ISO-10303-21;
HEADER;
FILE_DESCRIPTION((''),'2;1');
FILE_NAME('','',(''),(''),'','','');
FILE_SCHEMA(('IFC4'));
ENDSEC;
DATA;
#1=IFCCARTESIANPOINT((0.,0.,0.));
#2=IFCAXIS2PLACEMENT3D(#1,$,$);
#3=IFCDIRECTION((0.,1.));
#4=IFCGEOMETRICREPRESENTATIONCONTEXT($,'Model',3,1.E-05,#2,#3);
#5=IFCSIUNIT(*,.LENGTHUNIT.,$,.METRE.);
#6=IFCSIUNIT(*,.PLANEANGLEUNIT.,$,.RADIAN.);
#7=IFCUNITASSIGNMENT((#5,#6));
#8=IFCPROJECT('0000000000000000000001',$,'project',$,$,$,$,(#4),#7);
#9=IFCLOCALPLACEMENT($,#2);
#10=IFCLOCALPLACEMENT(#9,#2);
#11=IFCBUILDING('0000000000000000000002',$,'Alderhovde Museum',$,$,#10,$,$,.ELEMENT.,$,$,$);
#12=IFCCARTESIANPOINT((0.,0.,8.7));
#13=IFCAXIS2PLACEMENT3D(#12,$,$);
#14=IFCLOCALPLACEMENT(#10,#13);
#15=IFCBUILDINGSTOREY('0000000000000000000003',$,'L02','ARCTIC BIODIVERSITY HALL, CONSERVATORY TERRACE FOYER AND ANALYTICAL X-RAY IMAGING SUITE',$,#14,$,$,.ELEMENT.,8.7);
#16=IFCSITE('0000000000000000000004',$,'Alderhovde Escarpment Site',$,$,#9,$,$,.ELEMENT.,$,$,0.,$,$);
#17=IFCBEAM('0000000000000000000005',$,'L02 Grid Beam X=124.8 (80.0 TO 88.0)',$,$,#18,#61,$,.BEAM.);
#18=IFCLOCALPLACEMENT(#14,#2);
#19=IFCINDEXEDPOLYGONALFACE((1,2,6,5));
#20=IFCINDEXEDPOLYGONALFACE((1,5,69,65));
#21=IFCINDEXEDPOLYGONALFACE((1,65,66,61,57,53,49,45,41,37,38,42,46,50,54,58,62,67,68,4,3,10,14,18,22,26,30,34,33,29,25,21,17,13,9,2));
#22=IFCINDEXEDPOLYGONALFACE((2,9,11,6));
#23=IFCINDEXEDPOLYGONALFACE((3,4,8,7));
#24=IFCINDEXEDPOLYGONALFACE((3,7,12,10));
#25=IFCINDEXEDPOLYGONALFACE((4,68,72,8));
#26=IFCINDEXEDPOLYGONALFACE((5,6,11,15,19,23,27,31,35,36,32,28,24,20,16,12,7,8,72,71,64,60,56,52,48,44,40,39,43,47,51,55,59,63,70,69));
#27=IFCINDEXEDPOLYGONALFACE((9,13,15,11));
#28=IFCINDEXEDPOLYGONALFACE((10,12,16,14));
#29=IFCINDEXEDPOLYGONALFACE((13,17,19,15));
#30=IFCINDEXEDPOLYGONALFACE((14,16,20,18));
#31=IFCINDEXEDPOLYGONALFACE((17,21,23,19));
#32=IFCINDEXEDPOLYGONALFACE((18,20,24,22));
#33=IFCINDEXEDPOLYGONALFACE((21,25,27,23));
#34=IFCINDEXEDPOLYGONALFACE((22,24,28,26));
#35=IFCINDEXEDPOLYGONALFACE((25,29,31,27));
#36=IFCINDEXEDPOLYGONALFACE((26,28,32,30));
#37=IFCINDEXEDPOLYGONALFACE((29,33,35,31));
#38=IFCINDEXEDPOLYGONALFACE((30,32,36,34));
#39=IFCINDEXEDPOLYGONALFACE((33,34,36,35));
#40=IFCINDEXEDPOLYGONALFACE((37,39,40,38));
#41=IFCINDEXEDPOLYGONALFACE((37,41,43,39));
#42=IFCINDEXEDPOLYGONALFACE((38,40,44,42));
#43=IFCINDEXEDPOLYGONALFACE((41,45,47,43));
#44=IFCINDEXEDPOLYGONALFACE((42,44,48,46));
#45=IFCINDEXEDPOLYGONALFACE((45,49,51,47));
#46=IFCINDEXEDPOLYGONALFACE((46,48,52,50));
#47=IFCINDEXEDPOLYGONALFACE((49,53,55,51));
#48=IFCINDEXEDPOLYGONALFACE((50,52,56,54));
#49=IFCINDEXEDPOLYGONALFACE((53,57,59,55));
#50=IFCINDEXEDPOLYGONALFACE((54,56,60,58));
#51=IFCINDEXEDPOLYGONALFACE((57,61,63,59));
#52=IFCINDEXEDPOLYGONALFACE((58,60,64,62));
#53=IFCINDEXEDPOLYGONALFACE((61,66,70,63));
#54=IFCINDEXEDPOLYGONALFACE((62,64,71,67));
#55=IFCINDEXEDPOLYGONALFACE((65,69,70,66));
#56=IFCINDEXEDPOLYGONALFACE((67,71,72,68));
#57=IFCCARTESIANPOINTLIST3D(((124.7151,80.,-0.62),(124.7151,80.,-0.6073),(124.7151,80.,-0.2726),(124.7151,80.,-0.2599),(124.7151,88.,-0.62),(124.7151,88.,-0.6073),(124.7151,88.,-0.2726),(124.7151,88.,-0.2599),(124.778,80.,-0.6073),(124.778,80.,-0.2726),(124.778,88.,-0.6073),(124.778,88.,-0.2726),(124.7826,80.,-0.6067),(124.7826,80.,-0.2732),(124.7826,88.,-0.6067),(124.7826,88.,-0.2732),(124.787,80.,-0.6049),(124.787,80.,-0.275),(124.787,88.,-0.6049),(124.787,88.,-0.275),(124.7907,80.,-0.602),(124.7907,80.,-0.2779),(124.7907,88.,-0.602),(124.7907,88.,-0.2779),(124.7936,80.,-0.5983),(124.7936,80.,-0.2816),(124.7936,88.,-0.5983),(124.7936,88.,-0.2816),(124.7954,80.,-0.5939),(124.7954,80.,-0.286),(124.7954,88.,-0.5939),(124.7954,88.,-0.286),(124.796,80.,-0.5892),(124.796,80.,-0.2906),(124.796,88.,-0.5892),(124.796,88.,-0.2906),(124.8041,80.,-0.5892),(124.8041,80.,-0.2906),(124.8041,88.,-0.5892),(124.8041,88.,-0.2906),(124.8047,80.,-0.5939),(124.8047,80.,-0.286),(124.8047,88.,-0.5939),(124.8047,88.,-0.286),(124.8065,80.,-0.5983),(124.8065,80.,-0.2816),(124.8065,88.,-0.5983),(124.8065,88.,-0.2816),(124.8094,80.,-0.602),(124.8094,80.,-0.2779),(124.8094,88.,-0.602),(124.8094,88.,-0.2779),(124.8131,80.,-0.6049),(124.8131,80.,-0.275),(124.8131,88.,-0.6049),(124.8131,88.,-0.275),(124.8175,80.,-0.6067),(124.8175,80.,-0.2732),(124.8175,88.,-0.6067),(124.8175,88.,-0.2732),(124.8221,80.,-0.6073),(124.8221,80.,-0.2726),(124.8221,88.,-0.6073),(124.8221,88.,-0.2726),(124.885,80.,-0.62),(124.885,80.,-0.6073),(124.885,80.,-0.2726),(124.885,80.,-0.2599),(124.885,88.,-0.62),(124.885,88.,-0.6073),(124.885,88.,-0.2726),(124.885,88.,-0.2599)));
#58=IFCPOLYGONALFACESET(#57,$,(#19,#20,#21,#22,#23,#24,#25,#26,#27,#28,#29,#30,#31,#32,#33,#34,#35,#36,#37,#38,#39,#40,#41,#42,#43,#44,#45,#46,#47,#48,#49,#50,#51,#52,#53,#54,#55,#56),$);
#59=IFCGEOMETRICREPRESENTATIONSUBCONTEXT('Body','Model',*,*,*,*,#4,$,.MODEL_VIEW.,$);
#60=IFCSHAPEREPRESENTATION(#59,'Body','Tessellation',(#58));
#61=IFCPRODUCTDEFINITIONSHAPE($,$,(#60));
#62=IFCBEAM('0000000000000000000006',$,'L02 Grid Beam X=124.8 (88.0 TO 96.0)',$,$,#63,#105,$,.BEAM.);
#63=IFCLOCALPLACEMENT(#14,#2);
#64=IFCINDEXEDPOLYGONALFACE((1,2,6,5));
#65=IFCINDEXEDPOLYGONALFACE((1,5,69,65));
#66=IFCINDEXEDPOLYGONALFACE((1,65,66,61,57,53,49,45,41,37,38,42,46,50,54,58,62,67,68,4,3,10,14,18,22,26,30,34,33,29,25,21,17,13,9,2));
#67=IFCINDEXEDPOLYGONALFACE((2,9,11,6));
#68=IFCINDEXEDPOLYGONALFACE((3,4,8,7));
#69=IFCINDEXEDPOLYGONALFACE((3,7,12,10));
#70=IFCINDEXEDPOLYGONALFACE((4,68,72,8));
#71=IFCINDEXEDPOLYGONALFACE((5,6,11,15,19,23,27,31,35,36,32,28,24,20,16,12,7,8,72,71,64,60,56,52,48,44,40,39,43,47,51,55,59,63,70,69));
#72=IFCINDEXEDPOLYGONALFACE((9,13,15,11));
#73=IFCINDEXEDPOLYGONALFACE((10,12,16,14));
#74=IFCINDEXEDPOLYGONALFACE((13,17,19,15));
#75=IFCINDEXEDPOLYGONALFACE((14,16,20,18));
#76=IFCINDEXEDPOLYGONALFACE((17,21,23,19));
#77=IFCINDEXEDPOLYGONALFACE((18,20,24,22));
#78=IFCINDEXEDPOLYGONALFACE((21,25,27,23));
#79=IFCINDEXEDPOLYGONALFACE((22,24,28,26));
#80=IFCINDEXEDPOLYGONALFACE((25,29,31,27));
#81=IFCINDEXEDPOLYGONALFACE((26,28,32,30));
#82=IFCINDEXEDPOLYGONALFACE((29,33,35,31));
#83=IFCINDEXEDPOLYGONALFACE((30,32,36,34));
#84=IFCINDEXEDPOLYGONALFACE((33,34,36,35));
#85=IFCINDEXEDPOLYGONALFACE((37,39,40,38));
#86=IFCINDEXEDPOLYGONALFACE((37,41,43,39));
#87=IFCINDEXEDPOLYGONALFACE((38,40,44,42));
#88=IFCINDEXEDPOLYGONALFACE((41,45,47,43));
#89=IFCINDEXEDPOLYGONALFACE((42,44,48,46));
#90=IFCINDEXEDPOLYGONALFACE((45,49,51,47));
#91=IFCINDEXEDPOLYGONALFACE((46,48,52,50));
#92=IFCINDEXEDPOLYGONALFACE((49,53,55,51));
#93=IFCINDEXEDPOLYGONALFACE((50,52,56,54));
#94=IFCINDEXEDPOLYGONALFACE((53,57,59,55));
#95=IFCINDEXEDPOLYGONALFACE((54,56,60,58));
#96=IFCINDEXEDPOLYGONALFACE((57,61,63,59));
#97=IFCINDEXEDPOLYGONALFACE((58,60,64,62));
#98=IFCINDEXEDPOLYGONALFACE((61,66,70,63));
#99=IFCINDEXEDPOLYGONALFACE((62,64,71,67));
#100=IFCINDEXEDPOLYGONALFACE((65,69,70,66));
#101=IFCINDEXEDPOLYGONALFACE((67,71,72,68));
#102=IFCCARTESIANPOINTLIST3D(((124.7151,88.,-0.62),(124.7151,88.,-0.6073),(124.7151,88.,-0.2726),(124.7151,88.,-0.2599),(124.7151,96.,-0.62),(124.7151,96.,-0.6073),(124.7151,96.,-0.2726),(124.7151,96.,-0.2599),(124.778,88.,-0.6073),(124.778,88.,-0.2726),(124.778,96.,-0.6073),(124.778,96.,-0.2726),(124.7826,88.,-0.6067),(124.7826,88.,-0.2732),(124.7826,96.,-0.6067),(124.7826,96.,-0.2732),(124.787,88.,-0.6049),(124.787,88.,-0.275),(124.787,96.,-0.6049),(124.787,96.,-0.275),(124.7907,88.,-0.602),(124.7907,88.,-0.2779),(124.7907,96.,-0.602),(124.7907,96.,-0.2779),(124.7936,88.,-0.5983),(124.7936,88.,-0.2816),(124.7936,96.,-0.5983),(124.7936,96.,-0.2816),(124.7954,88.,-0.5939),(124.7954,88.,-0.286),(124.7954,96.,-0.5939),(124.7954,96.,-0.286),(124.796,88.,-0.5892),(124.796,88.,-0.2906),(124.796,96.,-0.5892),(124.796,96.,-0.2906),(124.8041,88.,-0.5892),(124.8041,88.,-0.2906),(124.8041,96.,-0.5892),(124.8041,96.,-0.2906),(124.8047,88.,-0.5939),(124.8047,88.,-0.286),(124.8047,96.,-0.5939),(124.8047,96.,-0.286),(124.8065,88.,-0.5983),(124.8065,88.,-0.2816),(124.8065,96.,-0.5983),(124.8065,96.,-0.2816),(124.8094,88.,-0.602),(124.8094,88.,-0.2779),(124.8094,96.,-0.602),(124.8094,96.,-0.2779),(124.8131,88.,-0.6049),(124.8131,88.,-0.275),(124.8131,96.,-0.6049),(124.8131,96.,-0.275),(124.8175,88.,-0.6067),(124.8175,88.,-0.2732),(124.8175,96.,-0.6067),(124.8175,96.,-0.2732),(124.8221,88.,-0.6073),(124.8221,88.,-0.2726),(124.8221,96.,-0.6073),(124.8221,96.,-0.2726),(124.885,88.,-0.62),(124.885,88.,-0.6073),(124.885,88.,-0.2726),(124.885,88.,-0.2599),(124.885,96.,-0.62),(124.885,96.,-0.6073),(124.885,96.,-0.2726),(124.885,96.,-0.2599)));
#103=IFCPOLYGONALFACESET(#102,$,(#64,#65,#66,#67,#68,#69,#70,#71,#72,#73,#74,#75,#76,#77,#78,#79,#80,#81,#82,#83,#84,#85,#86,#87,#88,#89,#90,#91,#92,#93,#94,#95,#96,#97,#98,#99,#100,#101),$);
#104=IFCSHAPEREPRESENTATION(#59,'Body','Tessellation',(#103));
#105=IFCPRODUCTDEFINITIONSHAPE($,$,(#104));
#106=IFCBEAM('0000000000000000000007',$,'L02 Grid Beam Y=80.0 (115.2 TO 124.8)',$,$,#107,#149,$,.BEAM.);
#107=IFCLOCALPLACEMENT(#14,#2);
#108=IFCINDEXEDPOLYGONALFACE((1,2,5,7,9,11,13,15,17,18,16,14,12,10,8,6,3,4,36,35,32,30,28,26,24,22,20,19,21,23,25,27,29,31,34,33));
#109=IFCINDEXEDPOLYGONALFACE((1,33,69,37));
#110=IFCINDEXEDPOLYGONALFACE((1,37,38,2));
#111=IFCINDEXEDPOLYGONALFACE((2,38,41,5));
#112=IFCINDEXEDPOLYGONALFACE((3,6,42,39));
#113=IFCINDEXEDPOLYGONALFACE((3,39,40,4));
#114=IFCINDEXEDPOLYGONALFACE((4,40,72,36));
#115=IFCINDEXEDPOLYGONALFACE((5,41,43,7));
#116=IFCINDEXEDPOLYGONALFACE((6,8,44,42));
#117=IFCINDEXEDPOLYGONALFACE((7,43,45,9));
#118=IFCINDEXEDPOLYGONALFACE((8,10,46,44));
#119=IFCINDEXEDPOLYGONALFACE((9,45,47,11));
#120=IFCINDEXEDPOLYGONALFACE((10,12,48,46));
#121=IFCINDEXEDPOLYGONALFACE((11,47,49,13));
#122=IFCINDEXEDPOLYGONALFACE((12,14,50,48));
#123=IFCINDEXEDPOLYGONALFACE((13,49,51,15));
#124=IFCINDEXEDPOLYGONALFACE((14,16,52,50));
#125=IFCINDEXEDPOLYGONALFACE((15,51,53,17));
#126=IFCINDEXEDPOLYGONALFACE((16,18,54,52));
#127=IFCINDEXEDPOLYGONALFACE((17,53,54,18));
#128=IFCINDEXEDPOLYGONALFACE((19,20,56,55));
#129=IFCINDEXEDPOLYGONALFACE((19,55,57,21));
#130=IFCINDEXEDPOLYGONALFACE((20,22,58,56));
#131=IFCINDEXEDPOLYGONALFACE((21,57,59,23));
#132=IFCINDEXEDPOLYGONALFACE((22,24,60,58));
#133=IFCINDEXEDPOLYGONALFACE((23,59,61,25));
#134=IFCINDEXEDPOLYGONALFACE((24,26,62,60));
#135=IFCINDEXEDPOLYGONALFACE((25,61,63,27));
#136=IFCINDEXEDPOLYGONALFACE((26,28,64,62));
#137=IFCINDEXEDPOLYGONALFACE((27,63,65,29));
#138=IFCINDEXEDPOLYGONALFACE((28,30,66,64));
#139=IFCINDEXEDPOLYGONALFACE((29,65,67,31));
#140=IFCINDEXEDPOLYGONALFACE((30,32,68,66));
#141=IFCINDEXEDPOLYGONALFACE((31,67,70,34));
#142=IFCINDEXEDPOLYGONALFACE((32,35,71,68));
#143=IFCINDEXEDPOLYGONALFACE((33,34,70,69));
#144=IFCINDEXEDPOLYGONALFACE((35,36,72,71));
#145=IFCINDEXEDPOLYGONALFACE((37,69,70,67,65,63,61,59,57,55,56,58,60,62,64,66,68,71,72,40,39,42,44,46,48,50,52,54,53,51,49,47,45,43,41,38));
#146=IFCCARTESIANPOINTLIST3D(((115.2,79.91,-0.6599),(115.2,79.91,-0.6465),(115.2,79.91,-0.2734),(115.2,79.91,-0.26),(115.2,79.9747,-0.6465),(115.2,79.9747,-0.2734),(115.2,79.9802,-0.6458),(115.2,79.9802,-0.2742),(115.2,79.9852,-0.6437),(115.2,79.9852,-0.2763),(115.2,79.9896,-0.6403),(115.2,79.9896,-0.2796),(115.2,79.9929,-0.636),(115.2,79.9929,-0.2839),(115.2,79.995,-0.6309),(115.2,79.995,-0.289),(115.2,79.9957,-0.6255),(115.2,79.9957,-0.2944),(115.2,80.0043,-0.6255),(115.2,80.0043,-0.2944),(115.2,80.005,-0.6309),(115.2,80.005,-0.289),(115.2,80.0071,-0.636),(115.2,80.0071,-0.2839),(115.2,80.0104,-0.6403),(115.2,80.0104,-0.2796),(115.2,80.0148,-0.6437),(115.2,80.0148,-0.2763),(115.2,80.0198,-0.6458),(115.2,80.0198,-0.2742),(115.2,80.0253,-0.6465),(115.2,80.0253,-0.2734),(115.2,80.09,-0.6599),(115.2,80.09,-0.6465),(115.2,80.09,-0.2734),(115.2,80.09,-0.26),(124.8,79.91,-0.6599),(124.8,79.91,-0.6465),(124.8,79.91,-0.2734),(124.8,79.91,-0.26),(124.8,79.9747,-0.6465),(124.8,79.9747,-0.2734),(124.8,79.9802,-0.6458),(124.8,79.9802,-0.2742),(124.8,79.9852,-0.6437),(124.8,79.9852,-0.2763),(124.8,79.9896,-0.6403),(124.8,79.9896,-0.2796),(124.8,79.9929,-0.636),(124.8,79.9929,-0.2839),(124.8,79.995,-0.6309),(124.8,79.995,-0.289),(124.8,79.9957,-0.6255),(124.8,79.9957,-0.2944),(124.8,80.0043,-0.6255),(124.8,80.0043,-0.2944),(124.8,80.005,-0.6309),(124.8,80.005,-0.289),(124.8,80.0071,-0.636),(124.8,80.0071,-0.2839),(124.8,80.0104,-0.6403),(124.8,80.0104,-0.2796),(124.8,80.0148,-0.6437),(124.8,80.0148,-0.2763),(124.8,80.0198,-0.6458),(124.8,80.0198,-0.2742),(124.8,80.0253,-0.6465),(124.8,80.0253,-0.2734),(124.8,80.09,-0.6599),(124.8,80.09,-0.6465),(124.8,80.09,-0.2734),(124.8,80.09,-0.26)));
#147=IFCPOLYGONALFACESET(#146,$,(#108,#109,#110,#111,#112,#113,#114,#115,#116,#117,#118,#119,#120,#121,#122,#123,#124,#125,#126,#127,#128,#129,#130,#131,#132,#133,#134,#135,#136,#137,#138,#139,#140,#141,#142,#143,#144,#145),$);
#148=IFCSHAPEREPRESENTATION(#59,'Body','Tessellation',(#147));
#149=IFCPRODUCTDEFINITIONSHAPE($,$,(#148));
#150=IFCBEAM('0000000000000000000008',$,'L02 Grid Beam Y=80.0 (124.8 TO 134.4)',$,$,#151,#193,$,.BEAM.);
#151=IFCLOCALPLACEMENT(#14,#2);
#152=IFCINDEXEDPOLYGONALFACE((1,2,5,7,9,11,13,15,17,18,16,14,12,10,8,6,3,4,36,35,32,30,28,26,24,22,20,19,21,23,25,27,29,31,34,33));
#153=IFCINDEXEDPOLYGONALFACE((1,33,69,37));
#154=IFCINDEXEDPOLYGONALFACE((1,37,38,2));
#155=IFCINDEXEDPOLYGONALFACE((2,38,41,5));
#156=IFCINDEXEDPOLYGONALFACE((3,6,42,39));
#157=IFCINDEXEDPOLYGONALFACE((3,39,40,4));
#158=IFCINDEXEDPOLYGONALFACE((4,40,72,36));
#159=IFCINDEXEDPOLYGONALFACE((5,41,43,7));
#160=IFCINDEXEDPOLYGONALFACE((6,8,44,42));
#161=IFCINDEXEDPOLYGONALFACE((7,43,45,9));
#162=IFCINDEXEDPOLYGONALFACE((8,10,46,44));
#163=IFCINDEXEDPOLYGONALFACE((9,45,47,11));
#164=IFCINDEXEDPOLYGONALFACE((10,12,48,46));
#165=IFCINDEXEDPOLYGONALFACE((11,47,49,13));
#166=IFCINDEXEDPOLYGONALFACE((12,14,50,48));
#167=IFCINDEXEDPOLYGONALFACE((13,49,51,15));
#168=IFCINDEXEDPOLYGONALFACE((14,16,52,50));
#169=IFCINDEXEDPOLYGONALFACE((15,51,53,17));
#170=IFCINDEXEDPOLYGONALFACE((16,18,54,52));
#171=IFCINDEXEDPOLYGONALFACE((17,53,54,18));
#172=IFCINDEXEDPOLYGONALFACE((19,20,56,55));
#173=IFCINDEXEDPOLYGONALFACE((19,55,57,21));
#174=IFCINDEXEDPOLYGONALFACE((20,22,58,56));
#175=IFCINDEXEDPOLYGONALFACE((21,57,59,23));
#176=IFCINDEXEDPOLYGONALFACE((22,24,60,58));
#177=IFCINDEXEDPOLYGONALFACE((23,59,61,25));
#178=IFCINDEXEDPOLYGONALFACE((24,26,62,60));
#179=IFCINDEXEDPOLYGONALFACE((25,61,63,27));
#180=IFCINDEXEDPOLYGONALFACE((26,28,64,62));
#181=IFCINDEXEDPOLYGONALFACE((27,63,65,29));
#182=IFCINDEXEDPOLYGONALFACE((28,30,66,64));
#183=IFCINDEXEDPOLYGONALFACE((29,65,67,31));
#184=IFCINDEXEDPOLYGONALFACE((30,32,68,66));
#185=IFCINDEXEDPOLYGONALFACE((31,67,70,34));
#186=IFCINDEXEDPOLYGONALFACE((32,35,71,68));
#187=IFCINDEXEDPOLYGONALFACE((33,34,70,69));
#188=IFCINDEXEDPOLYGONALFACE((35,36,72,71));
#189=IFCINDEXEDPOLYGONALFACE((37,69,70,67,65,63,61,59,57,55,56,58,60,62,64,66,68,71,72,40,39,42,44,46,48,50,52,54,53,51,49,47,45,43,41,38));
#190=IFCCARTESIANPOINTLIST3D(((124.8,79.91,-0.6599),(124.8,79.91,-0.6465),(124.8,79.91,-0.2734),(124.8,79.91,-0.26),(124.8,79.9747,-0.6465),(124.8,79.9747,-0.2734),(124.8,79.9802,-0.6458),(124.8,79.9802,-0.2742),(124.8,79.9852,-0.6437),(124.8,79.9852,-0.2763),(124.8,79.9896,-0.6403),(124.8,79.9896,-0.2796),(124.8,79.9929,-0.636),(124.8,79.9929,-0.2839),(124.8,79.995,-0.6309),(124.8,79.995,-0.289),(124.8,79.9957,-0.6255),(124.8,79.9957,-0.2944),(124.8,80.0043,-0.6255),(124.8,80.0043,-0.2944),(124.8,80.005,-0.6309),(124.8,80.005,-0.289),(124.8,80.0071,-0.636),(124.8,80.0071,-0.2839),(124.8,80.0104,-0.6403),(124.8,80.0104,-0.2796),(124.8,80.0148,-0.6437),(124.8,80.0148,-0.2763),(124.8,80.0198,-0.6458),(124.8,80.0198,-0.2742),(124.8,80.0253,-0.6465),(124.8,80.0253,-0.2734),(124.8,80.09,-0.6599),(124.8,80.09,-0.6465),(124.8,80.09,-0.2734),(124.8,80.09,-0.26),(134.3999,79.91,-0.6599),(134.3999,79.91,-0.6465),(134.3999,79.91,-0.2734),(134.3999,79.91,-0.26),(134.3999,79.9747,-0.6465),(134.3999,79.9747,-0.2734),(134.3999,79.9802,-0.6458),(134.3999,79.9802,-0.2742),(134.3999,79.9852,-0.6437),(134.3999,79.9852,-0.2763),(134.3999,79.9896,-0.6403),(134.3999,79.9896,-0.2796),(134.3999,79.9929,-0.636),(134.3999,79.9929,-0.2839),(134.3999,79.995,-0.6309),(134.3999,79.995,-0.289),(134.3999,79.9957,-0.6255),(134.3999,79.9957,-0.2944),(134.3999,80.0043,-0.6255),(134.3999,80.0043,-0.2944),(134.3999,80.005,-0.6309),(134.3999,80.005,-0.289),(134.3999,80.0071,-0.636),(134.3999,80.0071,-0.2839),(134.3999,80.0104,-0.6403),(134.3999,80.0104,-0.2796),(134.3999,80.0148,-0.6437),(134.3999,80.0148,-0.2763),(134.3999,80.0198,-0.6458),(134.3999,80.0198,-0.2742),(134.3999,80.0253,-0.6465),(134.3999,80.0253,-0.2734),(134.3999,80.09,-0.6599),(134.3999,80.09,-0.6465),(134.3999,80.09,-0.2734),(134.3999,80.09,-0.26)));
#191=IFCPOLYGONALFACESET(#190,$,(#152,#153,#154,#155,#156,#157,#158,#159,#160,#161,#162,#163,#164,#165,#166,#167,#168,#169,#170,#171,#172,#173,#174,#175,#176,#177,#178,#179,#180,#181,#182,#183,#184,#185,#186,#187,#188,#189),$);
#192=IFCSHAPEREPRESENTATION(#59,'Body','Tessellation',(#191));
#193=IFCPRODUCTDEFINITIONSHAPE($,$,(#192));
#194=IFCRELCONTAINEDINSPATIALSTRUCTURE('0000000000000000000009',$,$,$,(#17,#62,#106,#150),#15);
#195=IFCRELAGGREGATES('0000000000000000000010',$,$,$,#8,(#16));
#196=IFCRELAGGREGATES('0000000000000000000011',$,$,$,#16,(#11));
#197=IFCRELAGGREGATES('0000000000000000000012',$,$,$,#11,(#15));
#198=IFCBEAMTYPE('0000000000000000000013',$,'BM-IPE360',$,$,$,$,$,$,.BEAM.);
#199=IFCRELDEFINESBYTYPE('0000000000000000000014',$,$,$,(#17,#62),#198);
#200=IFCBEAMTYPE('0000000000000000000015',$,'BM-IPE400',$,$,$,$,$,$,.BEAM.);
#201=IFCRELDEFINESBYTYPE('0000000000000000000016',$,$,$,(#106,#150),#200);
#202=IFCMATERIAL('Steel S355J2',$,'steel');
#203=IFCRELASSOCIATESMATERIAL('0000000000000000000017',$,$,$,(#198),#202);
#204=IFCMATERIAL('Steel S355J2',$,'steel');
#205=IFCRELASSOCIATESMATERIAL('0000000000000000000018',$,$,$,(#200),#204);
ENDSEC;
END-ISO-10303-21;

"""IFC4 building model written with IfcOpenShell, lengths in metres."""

from ifc_helpers import new_model, si_unit, direction, frame, origin, origin_2d, place, context, subcontext, project, spatial, i_section, extrude, material, material_profile, profile_set, type_object, element, save


model = new_model("IFC4")

# Units and contexts
model_context = context("Model", 3, precision=1e-05, world=origin(), true_north=direction((0.0, 1.0)))
body_context = subcontext(model_context, "Body", "Model", "MODEL_VIEW")
ifc_project = project(units=[si_unit("LENGTHUNIT", "METRE"), si_unit("PLANEANGLEUNIT", "RADIAN")], contexts=[model_context])

# Site, building, storey
site_placement = place(None, origin())
site = spatial("IfcSite", under=ifc_project, at=site_placement, Name="Alderhovde Escarpment Site", CompositionType="ELEMENT", RefElevation=0.0)
building_placement = place(site_placement, origin())
building = spatial("IfcBuilding", under=site, at=building_placement, Name="Alderhovde Museum", CompositionType="ELEMENT")
storey_placement = place(building_placement, frame((0.0, 0.0, 8.7)))
storey = spatial("IfcBuildingStorey", under=building, at=storey_placement, Name="L02", Description="ARCTIC BIODIVERSITY HALL, CONSERVATORY TERRACE FOYER AND ANALYTICAL X-RAY IMAGING SUITE", CompositionType="ELEMENT", Elevation=8.7)

# Beams
ifc_material_1 = material(Name="Steel S355J2", Category="steel")
ifc_material_profile_1 = material_profile(ifc_material_1, i_section(OverallWidth=0.1699, OverallDepth=0.3601, WebThickness=0.0081, FlangeThickness=0.0127, FilletRadius=0.0181, at=origin_2d()), Name="IPE 360")
ifc_profile_set_1 = profile_set([ifc_material_profile_1], Name="Steel S355J2")
beam_type_1 = type_object("IfcBeamType", Name="BM-IPE360", PredefinedType="BEAM", material=ifc_profile_set_1)
for number, where, z_axis, x_axis, name in (
    (1, (124.8, 80.0, -0.4399), (0.0, 1.0, 0.0), (-1.0, 0.0, 0.0), "L02 Grid Beam X=124.8 (80.0 TO 88.0)"),
    (2, (124.8, 88.0, -0.4399), (0.0, 1.0, 0.0), (-1.0, 0.0, 0.0), "L02 Grid Beam X=124.8 (88.0 TO 96.0)"),
):
    element("IfcBeam", number, at=place(storey_placement, frame(where, z_axis=z_axis, x_axis=x_axis)), inside=storey, type_object=beam_type_1, Name=name, PredefinedType="BEAM", context=body_context, shape_type="SweptSolid", body=[
        extrude(i_section(OverallWidth=0.1699, OverallDepth=0.3601, WebThickness=0.0081, FlangeThickness=0.0127, FilletRadius=0.0181, at=origin_2d()), origin(), (0.0, 0.0, 1.0), 8.0),
    ])
ifc_material_2 = material(Name="Steel S355J2", Category="steel")
ifc_material_profile_2 = material_profile(ifc_material_2, i_section(OverallWidth=0.1799, OverallDepth=0.3999, WebThickness=0.0085, FlangeThickness=0.0134, FilletRadius=0.021, at=origin_2d()), Name="IPE 400")
ifc_profile_set_2 = profile_set([ifc_material_profile_2], Name="Steel S355J2")
beam_type_2 = type_object("IfcBeamType", Name="BM-IPE400", PredefinedType="BEAM", material=ifc_profile_set_2)
beam_1_placement = place(storey_placement, frame((115.2, 80.0, -0.46), z_axis=(1.0, 0.0, 0.0), x_axis=(0.0, 1.0, 0.0)))
element("IfcBeam", 3, at=beam_1_placement, inside=storey, type_object=beam_type_2, Name="L02 Grid Beam Y=80.0 (115.2 TO 124.8)", PredefinedType="BEAM", context=body_context, shape_type="SweptSolid", body=[
    extrude(i_section(OverallWidth=0.1799, OverallDepth=0.3999, WebThickness=0.0085, FlangeThickness=0.0134, FilletRadius=0.021, at=origin_2d()), origin(), (0.0, 0.0, 1.0), 9.6001),
])
beam_2_placement = place(storey_placement, frame((124.8, 80.0, -0.46), z_axis=(1.0, 0.0, 0.0), x_axis=(0.0, 1.0, 0.0)))
element("IfcBeam", 4, at=beam_2_placement, inside=storey, type_object=beam_type_2, Name="L02 Grid Beam Y=80.0 (124.8 TO 134.4)", PredefinedType="BEAM", context=body_context, shape_type="SweptSolid", body=[
    extrude(i_section(OverallWidth=0.1799, OverallDepth=0.3999, WebThickness=0.0085, FlangeThickness=0.0134, FilletRadius=0.021, at=origin_2d()), origin(), (0.0, 0.0, 1.0), 9.5999),
])

save(model, "model.ifc")
